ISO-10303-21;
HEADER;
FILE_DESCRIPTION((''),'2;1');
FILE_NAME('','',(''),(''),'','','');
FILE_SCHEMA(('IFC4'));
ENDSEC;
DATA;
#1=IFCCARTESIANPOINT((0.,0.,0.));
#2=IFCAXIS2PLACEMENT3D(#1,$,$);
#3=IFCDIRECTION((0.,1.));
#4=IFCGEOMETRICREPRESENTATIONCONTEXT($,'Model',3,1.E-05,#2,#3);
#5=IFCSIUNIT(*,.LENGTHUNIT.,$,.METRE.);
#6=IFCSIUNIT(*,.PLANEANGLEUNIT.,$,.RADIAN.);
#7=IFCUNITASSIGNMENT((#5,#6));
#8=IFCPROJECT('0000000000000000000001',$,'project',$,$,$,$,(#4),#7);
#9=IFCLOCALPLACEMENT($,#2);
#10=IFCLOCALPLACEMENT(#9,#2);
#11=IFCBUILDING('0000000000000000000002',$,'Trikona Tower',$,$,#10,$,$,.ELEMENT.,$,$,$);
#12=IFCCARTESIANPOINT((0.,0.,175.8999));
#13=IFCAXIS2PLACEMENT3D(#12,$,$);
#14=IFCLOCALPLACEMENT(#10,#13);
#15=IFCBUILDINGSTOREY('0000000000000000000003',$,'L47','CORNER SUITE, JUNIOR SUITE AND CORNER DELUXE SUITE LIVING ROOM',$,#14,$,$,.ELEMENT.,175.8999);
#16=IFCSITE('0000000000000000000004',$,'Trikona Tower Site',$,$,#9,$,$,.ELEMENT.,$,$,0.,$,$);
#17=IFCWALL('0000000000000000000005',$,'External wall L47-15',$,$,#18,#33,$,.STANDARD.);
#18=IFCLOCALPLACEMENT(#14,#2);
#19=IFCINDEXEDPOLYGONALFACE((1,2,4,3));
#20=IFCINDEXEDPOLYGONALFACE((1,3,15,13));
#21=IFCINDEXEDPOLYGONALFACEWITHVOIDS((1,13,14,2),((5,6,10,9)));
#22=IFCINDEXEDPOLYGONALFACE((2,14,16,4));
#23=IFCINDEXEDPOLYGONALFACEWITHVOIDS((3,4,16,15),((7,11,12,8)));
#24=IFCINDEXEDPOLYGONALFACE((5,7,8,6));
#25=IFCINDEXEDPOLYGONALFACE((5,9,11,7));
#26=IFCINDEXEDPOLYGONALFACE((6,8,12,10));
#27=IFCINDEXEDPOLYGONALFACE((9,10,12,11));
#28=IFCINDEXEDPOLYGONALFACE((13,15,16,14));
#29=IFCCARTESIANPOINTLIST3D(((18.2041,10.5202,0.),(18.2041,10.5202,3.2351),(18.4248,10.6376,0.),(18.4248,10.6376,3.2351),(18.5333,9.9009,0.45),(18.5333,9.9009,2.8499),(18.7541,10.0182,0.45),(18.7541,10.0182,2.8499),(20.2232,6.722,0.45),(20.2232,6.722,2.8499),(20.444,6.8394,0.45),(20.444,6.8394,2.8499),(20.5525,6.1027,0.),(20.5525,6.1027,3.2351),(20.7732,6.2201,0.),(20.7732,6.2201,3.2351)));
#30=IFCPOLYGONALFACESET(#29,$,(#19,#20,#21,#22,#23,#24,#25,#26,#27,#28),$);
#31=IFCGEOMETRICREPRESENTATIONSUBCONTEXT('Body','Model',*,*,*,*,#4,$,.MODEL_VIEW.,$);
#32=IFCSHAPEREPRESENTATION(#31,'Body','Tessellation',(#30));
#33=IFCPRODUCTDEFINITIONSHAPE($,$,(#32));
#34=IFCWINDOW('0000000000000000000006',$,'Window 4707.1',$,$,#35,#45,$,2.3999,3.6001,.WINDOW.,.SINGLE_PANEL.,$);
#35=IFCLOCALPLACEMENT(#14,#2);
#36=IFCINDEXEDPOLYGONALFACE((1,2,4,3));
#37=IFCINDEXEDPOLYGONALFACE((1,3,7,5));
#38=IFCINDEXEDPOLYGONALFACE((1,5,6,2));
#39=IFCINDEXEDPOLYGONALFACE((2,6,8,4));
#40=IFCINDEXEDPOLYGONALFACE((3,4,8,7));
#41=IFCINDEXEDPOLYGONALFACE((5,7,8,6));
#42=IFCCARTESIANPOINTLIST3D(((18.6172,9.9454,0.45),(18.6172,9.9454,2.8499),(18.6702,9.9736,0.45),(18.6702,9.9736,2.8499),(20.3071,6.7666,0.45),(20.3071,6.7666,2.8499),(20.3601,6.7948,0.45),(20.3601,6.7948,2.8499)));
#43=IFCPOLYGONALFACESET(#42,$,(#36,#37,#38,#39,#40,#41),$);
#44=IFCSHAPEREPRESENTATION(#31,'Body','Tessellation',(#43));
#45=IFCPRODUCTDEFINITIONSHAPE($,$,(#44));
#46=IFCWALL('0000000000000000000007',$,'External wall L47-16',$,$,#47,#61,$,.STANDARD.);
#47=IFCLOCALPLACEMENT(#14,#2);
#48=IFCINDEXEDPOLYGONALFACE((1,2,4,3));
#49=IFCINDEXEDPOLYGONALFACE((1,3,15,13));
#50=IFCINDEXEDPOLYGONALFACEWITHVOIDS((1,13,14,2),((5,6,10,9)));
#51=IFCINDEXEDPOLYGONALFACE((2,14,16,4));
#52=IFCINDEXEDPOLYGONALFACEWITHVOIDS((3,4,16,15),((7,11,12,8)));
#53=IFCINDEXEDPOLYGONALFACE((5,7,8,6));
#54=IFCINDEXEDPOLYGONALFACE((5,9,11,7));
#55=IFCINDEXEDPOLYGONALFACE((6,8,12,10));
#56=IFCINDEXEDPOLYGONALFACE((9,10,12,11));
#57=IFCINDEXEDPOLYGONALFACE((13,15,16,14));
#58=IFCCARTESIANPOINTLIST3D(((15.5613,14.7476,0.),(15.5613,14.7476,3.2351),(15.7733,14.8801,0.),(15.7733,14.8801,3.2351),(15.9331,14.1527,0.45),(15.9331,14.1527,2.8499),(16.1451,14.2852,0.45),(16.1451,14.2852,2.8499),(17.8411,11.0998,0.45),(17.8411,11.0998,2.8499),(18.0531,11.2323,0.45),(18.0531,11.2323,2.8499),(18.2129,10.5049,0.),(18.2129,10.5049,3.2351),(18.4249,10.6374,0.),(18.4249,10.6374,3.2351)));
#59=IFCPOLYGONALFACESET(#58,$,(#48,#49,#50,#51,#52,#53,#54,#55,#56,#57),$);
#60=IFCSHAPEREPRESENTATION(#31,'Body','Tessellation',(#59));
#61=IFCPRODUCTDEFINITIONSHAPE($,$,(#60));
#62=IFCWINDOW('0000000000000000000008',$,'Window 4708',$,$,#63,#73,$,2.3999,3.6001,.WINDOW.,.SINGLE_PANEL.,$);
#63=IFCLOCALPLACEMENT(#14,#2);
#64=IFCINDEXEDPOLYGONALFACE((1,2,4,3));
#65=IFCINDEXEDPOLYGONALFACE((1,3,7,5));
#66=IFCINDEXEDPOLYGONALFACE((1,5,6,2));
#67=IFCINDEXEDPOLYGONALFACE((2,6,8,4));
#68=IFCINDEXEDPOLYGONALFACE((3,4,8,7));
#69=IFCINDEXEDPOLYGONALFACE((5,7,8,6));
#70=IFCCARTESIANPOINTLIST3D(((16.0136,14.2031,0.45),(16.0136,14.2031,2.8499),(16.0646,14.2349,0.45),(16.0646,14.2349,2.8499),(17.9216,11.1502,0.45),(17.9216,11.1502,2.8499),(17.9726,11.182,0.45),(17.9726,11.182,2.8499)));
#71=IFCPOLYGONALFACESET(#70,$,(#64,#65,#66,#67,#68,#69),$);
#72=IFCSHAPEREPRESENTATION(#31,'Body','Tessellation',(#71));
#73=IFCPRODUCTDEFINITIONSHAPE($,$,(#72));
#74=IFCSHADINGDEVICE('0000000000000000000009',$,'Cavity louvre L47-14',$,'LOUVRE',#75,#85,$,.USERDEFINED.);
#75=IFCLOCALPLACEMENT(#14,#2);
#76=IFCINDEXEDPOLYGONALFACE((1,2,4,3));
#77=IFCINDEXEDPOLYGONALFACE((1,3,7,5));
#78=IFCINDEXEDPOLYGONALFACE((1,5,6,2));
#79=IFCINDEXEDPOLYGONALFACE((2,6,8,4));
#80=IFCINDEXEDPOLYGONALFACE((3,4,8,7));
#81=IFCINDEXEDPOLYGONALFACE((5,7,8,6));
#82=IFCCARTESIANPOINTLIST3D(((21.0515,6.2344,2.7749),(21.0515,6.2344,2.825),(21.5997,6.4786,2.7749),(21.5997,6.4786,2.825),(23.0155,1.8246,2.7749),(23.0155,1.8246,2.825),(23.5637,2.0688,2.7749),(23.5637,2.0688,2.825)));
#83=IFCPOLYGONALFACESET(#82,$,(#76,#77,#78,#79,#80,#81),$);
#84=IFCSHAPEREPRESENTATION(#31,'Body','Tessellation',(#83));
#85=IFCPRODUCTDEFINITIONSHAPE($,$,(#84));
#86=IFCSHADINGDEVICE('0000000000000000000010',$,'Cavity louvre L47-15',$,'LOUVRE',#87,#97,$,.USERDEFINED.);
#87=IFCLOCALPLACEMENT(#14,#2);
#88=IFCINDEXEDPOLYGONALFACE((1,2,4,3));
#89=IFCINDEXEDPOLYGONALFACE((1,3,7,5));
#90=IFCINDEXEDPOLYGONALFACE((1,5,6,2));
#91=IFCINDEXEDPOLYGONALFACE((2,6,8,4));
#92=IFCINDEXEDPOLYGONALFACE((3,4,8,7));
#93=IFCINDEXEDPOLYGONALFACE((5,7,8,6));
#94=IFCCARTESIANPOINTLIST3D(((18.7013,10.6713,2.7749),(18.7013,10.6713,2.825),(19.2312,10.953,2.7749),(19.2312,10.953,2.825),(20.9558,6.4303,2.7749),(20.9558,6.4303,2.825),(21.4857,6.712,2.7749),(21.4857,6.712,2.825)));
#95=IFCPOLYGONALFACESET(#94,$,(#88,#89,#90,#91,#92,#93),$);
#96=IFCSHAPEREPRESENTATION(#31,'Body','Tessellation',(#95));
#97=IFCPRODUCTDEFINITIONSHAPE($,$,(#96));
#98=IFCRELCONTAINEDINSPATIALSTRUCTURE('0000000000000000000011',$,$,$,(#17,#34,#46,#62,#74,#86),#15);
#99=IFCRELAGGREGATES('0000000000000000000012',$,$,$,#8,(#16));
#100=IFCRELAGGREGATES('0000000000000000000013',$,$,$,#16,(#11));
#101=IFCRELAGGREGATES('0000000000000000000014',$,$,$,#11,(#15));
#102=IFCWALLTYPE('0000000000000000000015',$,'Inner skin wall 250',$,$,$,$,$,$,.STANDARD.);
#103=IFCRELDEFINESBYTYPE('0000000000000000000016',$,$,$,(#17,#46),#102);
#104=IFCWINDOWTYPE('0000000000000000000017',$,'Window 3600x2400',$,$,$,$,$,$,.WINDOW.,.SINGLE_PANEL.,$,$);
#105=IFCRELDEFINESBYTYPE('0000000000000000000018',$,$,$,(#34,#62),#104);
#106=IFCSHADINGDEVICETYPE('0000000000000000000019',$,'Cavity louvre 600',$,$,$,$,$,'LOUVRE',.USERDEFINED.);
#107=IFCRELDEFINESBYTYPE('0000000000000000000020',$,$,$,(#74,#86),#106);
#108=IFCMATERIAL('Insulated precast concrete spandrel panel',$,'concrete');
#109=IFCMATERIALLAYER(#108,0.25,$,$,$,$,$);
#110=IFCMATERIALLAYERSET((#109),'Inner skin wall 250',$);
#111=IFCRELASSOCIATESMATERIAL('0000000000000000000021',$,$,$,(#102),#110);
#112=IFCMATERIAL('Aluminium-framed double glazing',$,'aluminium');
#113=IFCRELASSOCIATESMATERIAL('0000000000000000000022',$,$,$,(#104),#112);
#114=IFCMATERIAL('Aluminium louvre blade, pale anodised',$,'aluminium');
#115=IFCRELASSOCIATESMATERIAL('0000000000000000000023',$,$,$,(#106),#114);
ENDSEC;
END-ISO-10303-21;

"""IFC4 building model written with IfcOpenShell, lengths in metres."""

from ifc_helpers import new_model, si_unit, direction, frame, frame_2d, origin, origin_2d, place, context, subcontext, project, spatial, rectangle, extrude, material, layer, layer_set, type_object, element, fill, save


model = new_model("IFC4")

# Units and contexts
model_context = context("Model", 3, precision=1e-05, world=origin(), true_north=direction((0.0, 1.0)))
body_context = subcontext(model_context, "Body", "Model", "MODEL_VIEW")
ifc_project = project(units=[si_unit("LENGTHUNIT", "METRE"), si_unit("PLANEANGLEUNIT", "RADIAN")], contexts=[model_context])

# Site, building, storey
site_placement = place(None, origin())
site = spatial("IfcSite", under=ifc_project, at=site_placement, Name="Trikona Tower Site", CompositionType="ELEMENT", RefElevation=0.0)
building_placement = place(site_placement, origin())
building = spatial("IfcBuilding", under=site, at=building_placement, Name="Trikona Tower", CompositionType="ELEMENT")
storey_placement = place(building_placement, frame((0.0, 0.0, 175.8999)))
storey = spatial("IfcBuildingStorey", under=building, at=storey_placement, Name="L47", Description="CORNER SUITE, JUNIOR SUITE AND CORNER DELUXE SUITE LIVING ROOM", CompositionType="ELEMENT", Elevation=175.8999)

# Walls, openings, windows
ifc_material_1 = material(Name="Insulated precast concrete spandrel panel", Category="concrete")
ifc_layer_1 = layer(ifc_material_1, 0.25)
ifc_layer_set_1 = layer_set([ifc_layer_1], Name="Inner skin wall 250")
wall_type = type_object("IfcWallType", Name="Inner skin wall 250", PredefinedType="STANDARD", material=ifc_layer_set_1)
ifc_material_2 = material(Name="Aluminium-framed double glazing", Category="aluminium")
window_type = type_object("IfcWindowType", Name="Window 3600x2400", PartitioningType="SINGLE_PANEL", PredefinedType="WINDOW", material=ifc_material_2)
wall_1_placement = place(storey_placement, frame((20.6628, 6.1614, 0.0), z_axis=(0.0, 0.0, 1.0), x_axis=(-0.469405, 0.882983, 0.0)))
wall_1 = element("IfcWall", 1, at=wall_1_placement, inside=storey, type_object=wall_type, Name="External wall L47-15", PredefinedType="STANDARD", context=body_context, shape_type="SweptSolid", body=[
    extrude(rectangle(XDim=5.0029, YDim=0.25, at=frame_2d((2.5015, 0.0))), origin(), (0.0, 0.0, 1.0), 3.2351),
])
opening_1_placement = place(wall_1_placement, frame((0.7014, 0.0, 0.45)))
opening_1 = element("IfcOpeningElement", 2, at=opening_1_placement, cuts=wall_1, PredefinedType="OPENING", context=body_context, shape_type="SweptSolid", body=[
    extrude(rectangle(XDim=3.6001, YDim=2.3999, at=frame_2d((1.8, 1.2))), frame((0.0, 0.135, 0.0), z_axis=(0.0, -1.0, 0.0), x_axis=(1.0, 0.0, 0.0)), (0.0, 0.0, 1.0), 0.27),
])
window_1_placement = place(opening_1_placement, origin())
window_1 = element("IfcWindow", 3, at=window_1_placement, inside=storey, type_object=window_type, Name="Window 4707.1", OverallHeight=2.3999, OverallWidth=3.6001, PartitioningType="SINGLE_PANEL", PredefinedType="WINDOW", context=body_context, shape_type="SweptSolid", body=[
    extrude(rectangle(XDim=3.6001, YDim=2.3999, at=frame_2d((1.8, 1.2))), frame((0.0, 0.03, 0.0), z_axis=(0.0, -1.0, 0.0), x_axis=(1.0, 0.0, 0.0)), (0.0, 0.0, 1.0), 0.0601),
])
fill(opening_1, window_1)
wall_2_placement = place(storey_placement, frame((18.3188, 10.5713, 0.0), z_axis=(0.0, 0.0, 1.0), x_axis=(-0.52999, 0.848004, 0.0)))
wall_2 = element("IfcWall", 4, at=wall_2_placement, inside=storey, type_object=wall_type, Name="External wall L47-16", PredefinedType="STANDARD", context=body_context, shape_type="SweptSolid", body=[
    extrude(rectangle(XDim=5.0032, YDim=0.25, at=frame_2d((2.5015, 0.0))), origin(), (0.0, 0.0, 1.0), 3.2351),
])
opening_2_placement = place(wall_2_placement, frame((0.7014, 0.0, 0.45)))
opening_2 = element("IfcOpeningElement", 5, at=opening_2_placement, cuts=wall_2, PredefinedType="OPENING", context=body_context, shape_type="SweptSolid", body=[
    extrude(rectangle(XDim=3.6001, YDim=2.3999, at=frame_2d((1.8, 1.2))), frame((0.0, 0.135, 0.0), z_axis=(0.0, -1.0, 0.0), x_axis=(1.0, 0.0, 0.0)), (0.0, 0.0, 1.0), 0.27),
])
window_2_placement = place(opening_2_placement, origin())
window_2 = element("IfcWindow", 6, at=window_2_placement, inside=storey, type_object=window_type, Name="Window 4708", OverallHeight=2.3999, OverallWidth=3.6001, PartitioningType="SINGLE_PANEL", PredefinedType="WINDOW", context=body_context, shape_type="SweptSolid", body=[
    extrude(rectangle(XDim=3.6001, YDim=2.3999, at=frame_2d((1.8, 1.2))), frame((0.0, 0.03, 0.0), z_axis=(0.0, -1.0, 0.0), x_axis=(1.0, 0.0, 0.0)), (0.0, 0.0, 1.0), 0.0601),
])
fill(opening_2, window_2)

# Shading devices
ifc_material_3 = material(Name="Aluminium louvre blade, pale anodised", Category="aluminium")
shading_device_type = type_object("IfcShadingDeviceType", Name="Cavity louvre 600", ElementType="LOUVRE", PredefinedType="USERDEFINED", material=ifc_material_3)
shading_device_1_placement = place(storey_placement, frame((22.3076, 4.1516, 2.7749), z_axis=(0.0, 0.0, 1.0), x_axis=(-0.406843, 0.913498, 0.0)))
element("IfcShadingDevice", 7, at=shading_device_1_placement, inside=storey, type_object=shading_device_type, Name="Cavity louvre L47-14", ObjectType="LOUVRE", PredefinedType="USERDEFINED", context=body_context, shape_type="SweptSolid", body=[
    extrude(rectangle(XDim=4.8274, YDim=0.6001, at=origin_2d()), origin(), (0.0, 0.0, 1.0), 0.05),
])
shading_device_2_placement = place(storey_placement, frame((20.0935, 8.6917, 2.7749), z_axis=(0.0, 0.0, 1.0), x_axis=(-0.469398, 0.882987, 0.0)))
element("IfcShadingDevice", 8, at=shading_device_2_placement, inside=storey, type_object=shading_device_type, Name="Cavity louvre L47-15", ObjectType="LOUVRE", PredefinedType="USERDEFINED", context=body_context, shape_type="SweptSolid", body=[
    extrude(rectangle(XDim=4.803, YDim=0.6001, at=origin_2d()), origin(), (0.0, 0.0, 1.0), 0.05),
])

save(model, "model.ifc")
